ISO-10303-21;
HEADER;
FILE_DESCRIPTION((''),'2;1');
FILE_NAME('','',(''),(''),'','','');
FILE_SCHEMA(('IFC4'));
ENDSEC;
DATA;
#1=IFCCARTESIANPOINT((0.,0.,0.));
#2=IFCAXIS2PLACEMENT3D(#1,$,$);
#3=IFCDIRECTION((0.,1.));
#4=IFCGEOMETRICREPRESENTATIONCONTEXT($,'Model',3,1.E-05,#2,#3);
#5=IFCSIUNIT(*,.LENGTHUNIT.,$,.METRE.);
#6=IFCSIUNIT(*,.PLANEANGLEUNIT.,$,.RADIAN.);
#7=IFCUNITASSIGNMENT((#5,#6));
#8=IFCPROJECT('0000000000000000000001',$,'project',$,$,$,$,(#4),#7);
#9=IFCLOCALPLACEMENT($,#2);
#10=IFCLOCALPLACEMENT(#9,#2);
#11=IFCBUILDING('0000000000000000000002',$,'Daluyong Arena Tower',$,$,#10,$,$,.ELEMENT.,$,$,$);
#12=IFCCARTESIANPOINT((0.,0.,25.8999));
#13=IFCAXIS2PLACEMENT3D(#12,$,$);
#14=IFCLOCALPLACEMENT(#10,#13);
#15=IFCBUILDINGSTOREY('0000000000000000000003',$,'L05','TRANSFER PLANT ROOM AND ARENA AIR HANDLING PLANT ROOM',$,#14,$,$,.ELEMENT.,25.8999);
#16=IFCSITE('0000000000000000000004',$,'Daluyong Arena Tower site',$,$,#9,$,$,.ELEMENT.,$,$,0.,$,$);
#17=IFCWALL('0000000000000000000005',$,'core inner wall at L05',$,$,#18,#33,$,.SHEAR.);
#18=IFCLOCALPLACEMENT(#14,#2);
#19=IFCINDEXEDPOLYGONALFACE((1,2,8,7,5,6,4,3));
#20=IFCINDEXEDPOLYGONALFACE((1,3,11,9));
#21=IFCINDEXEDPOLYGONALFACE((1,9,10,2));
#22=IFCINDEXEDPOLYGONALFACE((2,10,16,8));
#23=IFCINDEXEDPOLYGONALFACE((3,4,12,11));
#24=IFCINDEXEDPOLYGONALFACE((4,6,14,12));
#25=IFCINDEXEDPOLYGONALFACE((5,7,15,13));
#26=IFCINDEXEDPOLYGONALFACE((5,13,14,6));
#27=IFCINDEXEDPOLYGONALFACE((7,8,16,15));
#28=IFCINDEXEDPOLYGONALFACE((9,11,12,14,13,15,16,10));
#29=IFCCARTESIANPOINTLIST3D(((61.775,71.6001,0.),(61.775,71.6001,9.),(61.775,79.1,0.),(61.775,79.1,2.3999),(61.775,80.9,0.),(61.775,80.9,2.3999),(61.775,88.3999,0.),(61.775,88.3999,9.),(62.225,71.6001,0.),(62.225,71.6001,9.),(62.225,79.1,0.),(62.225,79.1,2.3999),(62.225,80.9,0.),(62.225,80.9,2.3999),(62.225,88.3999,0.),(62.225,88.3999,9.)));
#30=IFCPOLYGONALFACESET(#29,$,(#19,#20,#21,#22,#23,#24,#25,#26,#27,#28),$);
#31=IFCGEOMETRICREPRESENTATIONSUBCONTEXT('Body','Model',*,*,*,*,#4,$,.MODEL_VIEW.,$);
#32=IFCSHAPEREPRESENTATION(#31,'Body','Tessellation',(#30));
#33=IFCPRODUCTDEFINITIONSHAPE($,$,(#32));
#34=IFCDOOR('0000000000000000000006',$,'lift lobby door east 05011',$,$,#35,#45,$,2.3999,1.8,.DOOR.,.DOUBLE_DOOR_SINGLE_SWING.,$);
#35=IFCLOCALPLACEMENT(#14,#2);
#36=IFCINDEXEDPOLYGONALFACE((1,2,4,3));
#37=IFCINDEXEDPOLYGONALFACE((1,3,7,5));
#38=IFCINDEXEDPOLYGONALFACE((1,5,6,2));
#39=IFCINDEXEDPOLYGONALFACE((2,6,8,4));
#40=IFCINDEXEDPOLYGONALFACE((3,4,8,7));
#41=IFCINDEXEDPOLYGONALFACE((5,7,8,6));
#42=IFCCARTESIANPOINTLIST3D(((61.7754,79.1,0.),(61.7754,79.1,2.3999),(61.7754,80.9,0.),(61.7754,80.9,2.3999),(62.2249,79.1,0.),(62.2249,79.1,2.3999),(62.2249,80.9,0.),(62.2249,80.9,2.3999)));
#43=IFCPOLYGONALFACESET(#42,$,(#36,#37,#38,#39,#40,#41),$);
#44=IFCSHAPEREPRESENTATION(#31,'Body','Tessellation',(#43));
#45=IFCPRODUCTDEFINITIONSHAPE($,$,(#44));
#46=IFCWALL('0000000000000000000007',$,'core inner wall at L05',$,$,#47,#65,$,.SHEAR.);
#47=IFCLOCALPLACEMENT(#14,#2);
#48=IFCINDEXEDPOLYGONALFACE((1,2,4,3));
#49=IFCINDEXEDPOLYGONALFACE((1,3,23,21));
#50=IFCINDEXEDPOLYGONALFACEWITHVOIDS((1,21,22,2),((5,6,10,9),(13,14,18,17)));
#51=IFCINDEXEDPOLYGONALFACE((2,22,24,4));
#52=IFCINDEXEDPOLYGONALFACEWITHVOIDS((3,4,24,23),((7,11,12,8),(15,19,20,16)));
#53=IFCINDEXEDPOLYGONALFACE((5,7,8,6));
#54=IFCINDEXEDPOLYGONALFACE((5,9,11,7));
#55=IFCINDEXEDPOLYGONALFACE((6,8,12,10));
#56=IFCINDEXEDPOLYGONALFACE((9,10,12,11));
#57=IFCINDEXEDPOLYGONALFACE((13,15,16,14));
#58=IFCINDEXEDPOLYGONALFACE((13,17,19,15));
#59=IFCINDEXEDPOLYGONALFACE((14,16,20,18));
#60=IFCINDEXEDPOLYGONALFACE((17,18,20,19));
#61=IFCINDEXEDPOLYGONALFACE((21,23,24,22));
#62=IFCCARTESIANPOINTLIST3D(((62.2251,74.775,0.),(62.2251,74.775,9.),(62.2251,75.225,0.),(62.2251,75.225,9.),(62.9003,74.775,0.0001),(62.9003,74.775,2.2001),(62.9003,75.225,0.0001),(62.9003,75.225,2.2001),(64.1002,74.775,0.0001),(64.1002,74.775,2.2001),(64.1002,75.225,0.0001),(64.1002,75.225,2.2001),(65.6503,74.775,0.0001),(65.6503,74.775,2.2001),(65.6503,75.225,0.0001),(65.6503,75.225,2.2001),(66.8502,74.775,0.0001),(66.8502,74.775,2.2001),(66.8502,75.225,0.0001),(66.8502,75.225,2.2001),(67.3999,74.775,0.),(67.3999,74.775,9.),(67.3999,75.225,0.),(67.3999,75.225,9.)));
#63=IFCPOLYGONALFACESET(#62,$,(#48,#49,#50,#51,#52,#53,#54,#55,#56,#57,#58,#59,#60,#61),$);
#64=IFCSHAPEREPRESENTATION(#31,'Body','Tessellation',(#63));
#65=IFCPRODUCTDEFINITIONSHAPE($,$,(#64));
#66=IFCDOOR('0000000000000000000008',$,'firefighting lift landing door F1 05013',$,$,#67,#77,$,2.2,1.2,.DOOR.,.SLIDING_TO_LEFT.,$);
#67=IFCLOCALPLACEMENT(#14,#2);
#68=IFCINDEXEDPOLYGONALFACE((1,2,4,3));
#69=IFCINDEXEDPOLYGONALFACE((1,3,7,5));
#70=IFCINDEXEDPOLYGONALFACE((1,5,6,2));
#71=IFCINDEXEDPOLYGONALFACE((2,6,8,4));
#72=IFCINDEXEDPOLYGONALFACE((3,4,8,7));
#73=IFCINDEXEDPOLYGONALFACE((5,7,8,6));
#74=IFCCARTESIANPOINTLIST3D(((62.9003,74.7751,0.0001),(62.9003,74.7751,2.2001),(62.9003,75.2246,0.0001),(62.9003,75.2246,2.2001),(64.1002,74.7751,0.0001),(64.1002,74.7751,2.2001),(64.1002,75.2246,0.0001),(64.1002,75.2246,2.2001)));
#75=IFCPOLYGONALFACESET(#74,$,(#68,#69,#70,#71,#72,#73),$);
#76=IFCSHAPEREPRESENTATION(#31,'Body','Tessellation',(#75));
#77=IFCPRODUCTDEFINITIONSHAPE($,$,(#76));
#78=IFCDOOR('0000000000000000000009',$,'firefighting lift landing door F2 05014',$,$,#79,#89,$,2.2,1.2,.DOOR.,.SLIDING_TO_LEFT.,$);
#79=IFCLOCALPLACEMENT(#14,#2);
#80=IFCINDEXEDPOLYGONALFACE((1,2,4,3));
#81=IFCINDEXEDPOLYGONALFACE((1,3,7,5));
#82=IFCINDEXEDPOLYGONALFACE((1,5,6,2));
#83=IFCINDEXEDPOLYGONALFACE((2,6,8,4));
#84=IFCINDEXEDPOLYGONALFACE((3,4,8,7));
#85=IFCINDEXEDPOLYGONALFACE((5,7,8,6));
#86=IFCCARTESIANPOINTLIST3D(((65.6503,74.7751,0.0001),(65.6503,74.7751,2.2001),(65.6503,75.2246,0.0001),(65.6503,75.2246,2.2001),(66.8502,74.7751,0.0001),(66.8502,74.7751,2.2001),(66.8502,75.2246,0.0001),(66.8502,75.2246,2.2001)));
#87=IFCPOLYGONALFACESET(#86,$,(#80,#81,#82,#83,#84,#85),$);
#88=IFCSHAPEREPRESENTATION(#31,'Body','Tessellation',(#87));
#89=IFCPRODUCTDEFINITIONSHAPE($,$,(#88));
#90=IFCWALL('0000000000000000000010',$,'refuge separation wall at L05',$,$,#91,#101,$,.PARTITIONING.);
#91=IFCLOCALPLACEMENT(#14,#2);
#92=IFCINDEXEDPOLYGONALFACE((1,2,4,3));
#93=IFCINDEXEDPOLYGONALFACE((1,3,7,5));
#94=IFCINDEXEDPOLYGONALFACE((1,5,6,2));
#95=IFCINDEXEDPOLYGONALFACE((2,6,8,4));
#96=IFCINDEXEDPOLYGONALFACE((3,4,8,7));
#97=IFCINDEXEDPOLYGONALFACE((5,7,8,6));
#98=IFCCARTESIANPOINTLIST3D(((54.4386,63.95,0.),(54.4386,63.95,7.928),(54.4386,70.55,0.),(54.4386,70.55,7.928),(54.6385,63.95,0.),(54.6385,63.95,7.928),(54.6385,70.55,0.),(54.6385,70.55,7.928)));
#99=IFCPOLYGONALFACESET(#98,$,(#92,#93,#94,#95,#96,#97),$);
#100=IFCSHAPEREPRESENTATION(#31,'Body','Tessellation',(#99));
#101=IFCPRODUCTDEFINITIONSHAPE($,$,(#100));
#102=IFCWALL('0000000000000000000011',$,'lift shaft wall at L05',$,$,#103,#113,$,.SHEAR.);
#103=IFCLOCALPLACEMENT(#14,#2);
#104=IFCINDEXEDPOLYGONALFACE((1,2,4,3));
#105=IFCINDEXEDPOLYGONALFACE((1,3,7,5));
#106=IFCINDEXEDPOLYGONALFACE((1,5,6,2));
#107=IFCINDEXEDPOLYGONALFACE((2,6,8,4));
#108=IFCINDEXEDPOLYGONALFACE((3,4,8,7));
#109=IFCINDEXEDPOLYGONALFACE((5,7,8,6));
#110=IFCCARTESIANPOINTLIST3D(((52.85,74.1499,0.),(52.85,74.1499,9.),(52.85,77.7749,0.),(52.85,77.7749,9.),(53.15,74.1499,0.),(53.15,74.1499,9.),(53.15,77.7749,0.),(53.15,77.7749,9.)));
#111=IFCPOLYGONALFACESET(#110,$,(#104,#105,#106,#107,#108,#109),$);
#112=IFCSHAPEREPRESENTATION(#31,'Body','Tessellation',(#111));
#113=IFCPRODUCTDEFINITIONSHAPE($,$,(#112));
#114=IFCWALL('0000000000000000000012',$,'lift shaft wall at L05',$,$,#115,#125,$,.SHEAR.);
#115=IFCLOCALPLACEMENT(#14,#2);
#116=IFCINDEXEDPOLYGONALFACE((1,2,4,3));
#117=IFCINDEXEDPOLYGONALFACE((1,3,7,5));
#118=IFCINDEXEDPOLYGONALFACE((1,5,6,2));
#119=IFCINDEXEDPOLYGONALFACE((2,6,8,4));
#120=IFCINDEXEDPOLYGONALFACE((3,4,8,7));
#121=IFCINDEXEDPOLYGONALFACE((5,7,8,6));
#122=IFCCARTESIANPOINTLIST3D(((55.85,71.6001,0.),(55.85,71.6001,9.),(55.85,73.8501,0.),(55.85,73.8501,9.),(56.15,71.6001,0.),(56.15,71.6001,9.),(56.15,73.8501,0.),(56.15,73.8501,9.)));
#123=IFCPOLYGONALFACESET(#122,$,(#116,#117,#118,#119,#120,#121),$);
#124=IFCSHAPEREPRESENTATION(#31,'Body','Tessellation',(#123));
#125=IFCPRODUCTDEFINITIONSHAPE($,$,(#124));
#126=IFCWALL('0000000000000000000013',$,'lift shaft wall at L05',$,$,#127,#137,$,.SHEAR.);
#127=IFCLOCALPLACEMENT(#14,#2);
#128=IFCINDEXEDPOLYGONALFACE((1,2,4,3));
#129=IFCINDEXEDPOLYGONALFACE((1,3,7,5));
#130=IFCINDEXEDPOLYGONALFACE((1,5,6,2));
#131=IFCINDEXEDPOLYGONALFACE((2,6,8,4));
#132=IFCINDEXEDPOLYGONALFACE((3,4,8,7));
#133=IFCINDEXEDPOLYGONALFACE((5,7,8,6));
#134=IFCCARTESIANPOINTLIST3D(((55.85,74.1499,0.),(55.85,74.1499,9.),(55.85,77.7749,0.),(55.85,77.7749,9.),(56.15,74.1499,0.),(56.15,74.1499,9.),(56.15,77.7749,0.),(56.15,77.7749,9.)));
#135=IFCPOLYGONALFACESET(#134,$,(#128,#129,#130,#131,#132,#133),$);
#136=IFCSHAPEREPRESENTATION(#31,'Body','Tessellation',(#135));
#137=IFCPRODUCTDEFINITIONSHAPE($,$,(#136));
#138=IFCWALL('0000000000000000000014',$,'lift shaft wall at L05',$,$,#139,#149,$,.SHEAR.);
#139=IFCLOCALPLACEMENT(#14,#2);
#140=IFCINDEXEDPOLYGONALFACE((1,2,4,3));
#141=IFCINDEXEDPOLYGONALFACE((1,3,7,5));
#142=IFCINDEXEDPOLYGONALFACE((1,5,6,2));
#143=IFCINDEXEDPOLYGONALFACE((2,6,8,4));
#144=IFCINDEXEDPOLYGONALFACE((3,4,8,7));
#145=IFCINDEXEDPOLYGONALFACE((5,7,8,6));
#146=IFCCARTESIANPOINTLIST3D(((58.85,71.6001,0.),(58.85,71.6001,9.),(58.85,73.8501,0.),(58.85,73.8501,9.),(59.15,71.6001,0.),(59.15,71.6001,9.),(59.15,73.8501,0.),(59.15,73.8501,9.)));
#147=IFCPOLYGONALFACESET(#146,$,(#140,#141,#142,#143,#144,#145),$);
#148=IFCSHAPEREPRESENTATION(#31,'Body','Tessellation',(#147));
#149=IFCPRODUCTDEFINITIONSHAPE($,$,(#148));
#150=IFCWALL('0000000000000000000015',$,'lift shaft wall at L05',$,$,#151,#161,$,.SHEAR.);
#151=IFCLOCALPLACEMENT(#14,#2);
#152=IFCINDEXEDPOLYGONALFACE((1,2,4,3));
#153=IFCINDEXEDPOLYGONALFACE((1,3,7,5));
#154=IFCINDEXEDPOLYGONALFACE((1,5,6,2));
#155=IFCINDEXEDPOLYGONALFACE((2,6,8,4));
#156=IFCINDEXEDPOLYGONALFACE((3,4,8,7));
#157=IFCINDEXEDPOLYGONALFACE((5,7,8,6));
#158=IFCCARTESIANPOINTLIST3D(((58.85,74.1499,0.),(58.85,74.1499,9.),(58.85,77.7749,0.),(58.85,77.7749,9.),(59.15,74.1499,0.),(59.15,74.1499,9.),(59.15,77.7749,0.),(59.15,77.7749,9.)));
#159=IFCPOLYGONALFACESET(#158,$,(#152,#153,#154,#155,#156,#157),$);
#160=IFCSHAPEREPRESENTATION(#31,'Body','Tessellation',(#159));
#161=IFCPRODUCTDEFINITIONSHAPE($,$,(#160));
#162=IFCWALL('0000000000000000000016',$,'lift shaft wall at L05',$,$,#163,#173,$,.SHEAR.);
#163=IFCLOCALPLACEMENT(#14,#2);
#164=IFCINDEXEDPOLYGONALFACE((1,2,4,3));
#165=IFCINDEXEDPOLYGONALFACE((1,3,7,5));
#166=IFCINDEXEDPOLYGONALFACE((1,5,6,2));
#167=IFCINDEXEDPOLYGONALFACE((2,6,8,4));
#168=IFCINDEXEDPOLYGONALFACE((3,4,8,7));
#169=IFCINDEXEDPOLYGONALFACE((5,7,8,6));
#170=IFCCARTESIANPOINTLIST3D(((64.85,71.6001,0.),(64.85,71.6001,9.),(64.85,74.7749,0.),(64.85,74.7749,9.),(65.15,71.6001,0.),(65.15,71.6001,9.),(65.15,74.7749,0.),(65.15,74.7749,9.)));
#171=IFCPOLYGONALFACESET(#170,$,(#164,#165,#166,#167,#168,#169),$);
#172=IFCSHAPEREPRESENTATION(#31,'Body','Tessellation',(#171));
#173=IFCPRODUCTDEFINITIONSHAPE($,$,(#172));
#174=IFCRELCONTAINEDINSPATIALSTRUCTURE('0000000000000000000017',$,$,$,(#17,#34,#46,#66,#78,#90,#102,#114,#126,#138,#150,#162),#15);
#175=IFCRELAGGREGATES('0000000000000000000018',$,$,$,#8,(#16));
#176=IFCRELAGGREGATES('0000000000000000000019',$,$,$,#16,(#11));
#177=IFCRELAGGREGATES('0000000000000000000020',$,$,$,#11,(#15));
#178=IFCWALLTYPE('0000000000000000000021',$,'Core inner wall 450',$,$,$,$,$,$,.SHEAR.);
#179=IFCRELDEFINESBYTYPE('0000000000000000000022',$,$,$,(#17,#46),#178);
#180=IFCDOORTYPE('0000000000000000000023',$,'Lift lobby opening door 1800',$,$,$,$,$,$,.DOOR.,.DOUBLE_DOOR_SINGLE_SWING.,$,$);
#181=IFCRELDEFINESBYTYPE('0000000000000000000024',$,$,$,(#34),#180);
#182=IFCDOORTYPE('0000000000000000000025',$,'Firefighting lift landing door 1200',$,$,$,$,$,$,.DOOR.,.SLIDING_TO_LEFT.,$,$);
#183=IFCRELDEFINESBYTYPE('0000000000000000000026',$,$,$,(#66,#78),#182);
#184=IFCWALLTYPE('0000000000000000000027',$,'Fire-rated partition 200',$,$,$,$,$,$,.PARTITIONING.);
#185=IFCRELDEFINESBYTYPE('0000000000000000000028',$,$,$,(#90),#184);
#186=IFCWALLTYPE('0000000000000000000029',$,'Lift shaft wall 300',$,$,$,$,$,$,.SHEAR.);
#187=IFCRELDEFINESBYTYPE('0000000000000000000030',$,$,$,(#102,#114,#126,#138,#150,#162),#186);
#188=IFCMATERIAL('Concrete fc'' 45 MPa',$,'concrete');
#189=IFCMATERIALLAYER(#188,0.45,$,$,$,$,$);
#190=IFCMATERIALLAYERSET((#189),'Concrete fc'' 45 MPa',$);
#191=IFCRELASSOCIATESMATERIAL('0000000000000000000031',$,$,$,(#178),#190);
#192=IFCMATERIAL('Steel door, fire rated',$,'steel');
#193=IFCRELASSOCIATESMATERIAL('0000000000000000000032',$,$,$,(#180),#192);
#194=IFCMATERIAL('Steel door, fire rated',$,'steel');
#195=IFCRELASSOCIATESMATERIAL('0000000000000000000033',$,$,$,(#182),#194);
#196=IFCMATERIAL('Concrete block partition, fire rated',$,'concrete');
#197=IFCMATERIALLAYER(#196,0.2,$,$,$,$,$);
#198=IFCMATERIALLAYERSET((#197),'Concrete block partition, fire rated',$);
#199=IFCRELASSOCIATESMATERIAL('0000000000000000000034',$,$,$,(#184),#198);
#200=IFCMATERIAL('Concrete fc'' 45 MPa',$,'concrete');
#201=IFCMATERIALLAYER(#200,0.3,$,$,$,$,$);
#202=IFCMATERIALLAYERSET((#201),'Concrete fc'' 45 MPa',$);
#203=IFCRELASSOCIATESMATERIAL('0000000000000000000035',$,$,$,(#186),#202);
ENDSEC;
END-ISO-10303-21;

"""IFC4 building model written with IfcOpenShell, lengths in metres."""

from ifc_helpers import new_model, si_unit, direction, frame, frame_2d, origin, place, context, subcontext, project, spatial, rectangle, extrude, material, layer, layer_set, type_object, element, fill, save


model = new_model("IFC4")

# Units and contexts
model_context = context("Model", 3, precision=1e-05, world=origin(), true_north=direction((0.0, 1.0)))
body_context = subcontext(model_context, "Body", "Model", "MODEL_VIEW")
ifc_project = project(units=[si_unit("LENGTHUNIT", "METRE"), si_unit("PLANEANGLEUNIT", "RADIAN")], contexts=[model_context])

# Site, building, storey
site_placement = place(None, origin())
site = spatial("IfcSite", under=ifc_project, at=site_placement, Name="Daluyong Arena Tower site", CompositionType="ELEMENT", RefElevation=0.0)
building_placement = place(site_placement, origin())
building = spatial("IfcBuilding", under=site, at=building_placement, Name="Daluyong Arena Tower", CompositionType="ELEMENT")
storey_placement = place(building_placement, frame((0.0, 0.0, 25.8999)))
storey = spatial("IfcBuildingStorey", under=building, at=storey_placement, Name="L05", Description="TRANSFER PLANT ROOM AND ARENA AIR HANDLING PLANT ROOM", CompositionType="ELEMENT", Elevation=25.8999)

# Wall, opening, door
ifc_material_1 = material(Name="Concrete fc' 45 MPa", Category="concrete")
ifc_layer_1 = layer(ifc_material_1, 0.45)
ifc_layer_set_1 = layer_set([ifc_layer_1], Name="Concrete fc' 45 MPa")
wall_type_1 = type_object("IfcWallType", Name="Core inner wall 450", PredefinedType="SHEAR", material=ifc_layer_set_1)
wall_1_placement = place(storey_placement, frame((62.0, 71.6001, 0.0), z_axis=(0.0, 0.0, 1.0), x_axis=(0.0, 1.0, 0.0)))
wall_1 = element("IfcWall", 1, at=wall_1_placement, inside=storey, type_object=wall_type_1, Name="core inner wall at L05", PredefinedType="SHEAR", context=body_context, shape_type="SweptSolid", body=[
    extrude(rectangle(XDim=16.7998, YDim=0.45, at=frame_2d((8.3999, 0.0))), origin(), (0.0, 0.0, 1.0), 9.0),
])
opening_1_placement = place(wall_1_placement, frame((7.5, 0.0, 0.0)))
opening_1 = element("IfcOpeningElement", 2, at=opening_1_placement, cuts=wall_1, PredefinedType="OPENING", context=body_context, shape_type="SweptSolid", body=[
    extrude(rectangle(XDim=1.8, YDim=2.3999, at=frame_2d((0.8999, 1.2))), frame((0.0, 0.2349, 0.0), z_axis=(0.0, -1.0, 0.0), x_axis=(1.0, 0.0, 0.0)), (0.0, 0.0, 1.0), 0.47),
])
ifc_material_2 = material(Name="Steel door, fire rated", Category="steel")
door_type_1 = type_object("IfcDoorType", Name="Lift lobby opening door 1800", OperationType="DOUBLE_DOOR_SINGLE_SWING", PredefinedType="DOOR", material=ifc_material_2)
door_1_placement = place(opening_1_placement, origin())
door_1 = element("IfcDoor", 3, at=door_1_placement, inside=storey, type_object=door_type_1, Name="lift lobby door east 05011", OperationType="DOUBLE_DOOR_SINGLE_SWING", OverallHeight=2.3999, OverallWidth=1.8, PredefinedType="DOOR", context=body_context, shape_type="SweptSolid", body=[
    extrude(rectangle(XDim=1.8, YDim=2.3999, at=frame_2d((0.8999, 1.2))), frame((0.0, 0.2246, 0.0), z_axis=(0.0, -1.0, 0.0), x_axis=(1.0, 0.0, 0.0)), (0.0, 0.0, 1.0), 0.4495),
])
fill(opening_1, door_1)

# Wall, openings, doors
wall_2_placement = place(storey_placement, frame((62.2251, 75.0, 0.0), z_axis=(0.0, 0.0, 1.0), x_axis=(1.0, 0.0, 0.0)))
wall_2 = element("IfcWall", 4, at=wall_2_placement, inside=storey, type_object=wall_type_1, Name="core inner wall at L05", PredefinedType="SHEAR", context=body_context, shape_type="SweptSolid", body=[
    extrude(rectangle(XDim=5.1748, YDim=0.45, at=frame_2d((2.5874, 0.0))), origin(), (0.0, 0.0, 1.0), 9.0),
])
opening_2_placement = place(wall_2_placement, frame((0.675, 0.0, 0.0)))
opening_2 = element("IfcOpeningElement", 5, at=opening_2_placement, cuts=wall_2, PredefinedType="OPENING", context=body_context, shape_type="SweptSolid", body=[
    extrude(rectangle(XDim=1.2, YDim=2.2, at=frame_2d((0.6001, 1.1001))), frame((0.0, 0.2349, 0.0), z_axis=(0.0, -1.0, 0.0), x_axis=(1.0, 0.0, 0.0)), (0.0, 0.0, 1.0), 0.47),
])
opening_3_placement = place(wall_2_placement, frame((3.425, 0.0, 0.0)))
opening_3 = element("IfcOpeningElement", 6, at=opening_3_placement, cuts=wall_2, PredefinedType="OPENING", context=body_context, shape_type="SweptSolid", body=[
    extrude(rectangle(XDim=1.2, YDim=2.2, at=frame_2d((0.6001, 1.1001))), frame((0.0, 0.2349, 0.0), z_axis=(0.0, -1.0, 0.0), x_axis=(1.0, 0.0, 0.0)), (0.0, 0.0, 1.0), 0.47),
])
ifc_material_3 = material(Name="Steel door, fire rated", Category="steel")
door_type_2 = type_object("IfcDoorType", Name="Firefighting lift landing door 1200", OperationType="SLIDING_TO_LEFT", PredefinedType="DOOR", material=ifc_material_3)
door_2_placement = place(opening_2_placement, origin())
door_2 = element("IfcDoor", 7, at=door_2_placement, inside=storey, type_object=door_type_2, Name="firefighting lift landing door F1 05013", OperationType="SLIDING_TO_LEFT", OverallHeight=2.2, OverallWidth=1.2, PredefinedType="DOOR", context=body_context, shape_type="SweptSolid", body=[
    extrude(rectangle(XDim=1.2, YDim=2.2, at=frame_2d((0.6001, 1.1001))), frame((0.0, 0.2246, 0.0), z_axis=(0.0, -1.0, 0.0), x_axis=(1.0, 0.0, 0.0)), (0.0, 0.0, 1.0), 0.4495),
])
fill(opening_2, door_2)
door_3_placement = place(opening_3_placement, origin())
door_3 = element("IfcDoor", 8, at=door_3_placement, inside=storey, type_object=door_type_2, Name="firefighting lift landing door F2 05014", OperationType="SLIDING_TO_LEFT", OverallHeight=2.2, OverallWidth=1.2, PredefinedType="DOOR", context=body_context, shape_type="SweptSolid", body=[
    extrude(rectangle(XDim=1.2, YDim=2.2, at=frame_2d((0.6001, 1.1001))), frame((0.0, 0.2246, 0.0), z_axis=(0.0, -1.0, 0.0), x_axis=(1.0, 0.0, 0.0)), (0.0, 0.0, 1.0), 0.4495),
])
fill(opening_3, door_3)

# Walls
ifc_material_4 = material(Name="Concrete block partition, fire rated", Category="concrete")
ifc_layer_2 = layer(ifc_material_4, 0.2)
ifc_layer_set_2 = layer_set([ifc_layer_2], Name="Concrete block partition, fire rated")
wall_type_2 = type_object("IfcWallType", Name="Fire-rated partition 200", PredefinedType="PARTITIONING", material=ifc_layer_set_2)
wall_3_placement = place(storey_placement, frame((54.5386, 63.95, 0.0), z_axis=(0.0, 0.0, 1.0), x_axis=(0.0, 1.0, 0.0)))
element("IfcWall", 9, at=wall_3_placement, inside=storey, type_object=wall_type_2, Name="refuge separation wall at L05", PredefinedType="PARTITIONING", context=body_context, shape_type="SweptSolid", body=[
    extrude(rectangle(XDim=6.6001, YDim=0.2, at=frame_2d((3.3, 0.0))), origin(), (0.0, 0.0, 1.0), 7.928),
])
ifc_material_5 = material(Name="Concrete fc' 45 MPa", Category="concrete")
ifc_layer_3 = layer(ifc_material_5, 0.3)
ifc_layer_set_3 = layer_set([ifc_layer_3], Name="Concrete fc' 45 MPa")
wall_type_3 = type_object("IfcWallType", Name="Lift shaft wall 300", PredefinedType="SHEAR", material=ifc_layer_set_3)
wall_4_placement = place(storey_placement, frame((53.0, 74.1499, 0.0), z_axis=(0.0, 0.0, 1.0), x_axis=(0.0, 1.0, 0.0)))
element("IfcWall", 10, at=wall_4_placement, inside=storey, type_object=wall_type_3, Name="lift shaft wall at L05", PredefinedType="SHEAR", context=body_context, shape_type="SweptSolid", body=[
    extrude(rectangle(XDim=3.625, YDim=0.3, at=frame_2d((1.8125, 0.0))), origin(), (0.0, 0.0, 1.0), 9.0),
])
wall_5_placement = place(storey_placement, frame((56.0, 71.6001, 0.0), z_axis=(0.0, 0.0, 1.0), x_axis=(0.0, 1.0, 0.0)))
element("IfcWall", 11, at=wall_5_placement, inside=storey, type_object=wall_type_3, Name="lift shaft wall at L05", PredefinedType="SHEAR", context=body_context, shape_type="SweptSolid", body=[
    extrude(rectangle(XDim=2.25, YDim=0.3, at=frame_2d((1.125, 0.0))), origin(), (0.0, 0.0, 1.0), 9.0),
])
wall_6_placement = place(storey_placement, frame((56.0, 74.1499, 0.0), z_axis=(0.0, 0.0, 1.0), x_axis=(0.0, 1.0, 0.0)))
element("IfcWall", 12, at=wall_6_placement, inside=storey, type_object=wall_type_3, Name="lift shaft wall at L05", PredefinedType="SHEAR", context=body_context, shape_type="SweptSolid", body=[
    extrude(rectangle(XDim=3.625, YDim=0.3, at=frame_2d((1.8125, 0.0))), origin(), (0.0, 0.0, 1.0), 9.0),
])
wall_7_placement = place(storey_placement, frame((59.0, 71.6001, 0.0), z_axis=(0.0, 0.0, 1.0), x_axis=(0.0, 1.0, 0.0)))
element("IfcWall", 13, at=wall_7_placement, inside=storey, type_object=wall_type_3, Name="lift shaft wall at L05", PredefinedType="SHEAR", context=body_context, shape_type="SweptSolid", body=[
    extrude(rectangle(XDim=2.25, YDim=0.3, at=frame_2d((1.125, 0.0))), origin(), (0.0, 0.0, 1.0), 9.0),
])
wall_8_placement = place(storey_placement, frame((59.0, 74.1499, 0.0), z_axis=(0.0, 0.0, 1.0), x_axis=(0.0, 1.0, 0.0)))
element("IfcWall", 14, at=wall_8_placement, inside=storey, type_object=wall_type_3, Name="lift shaft wall at L05", PredefinedType="SHEAR", context=body_context, shape_type="SweptSolid", body=[
    extrude(rectangle(XDim=3.625, YDim=0.3, at=frame_2d((1.8125, 0.0))), origin(), (0.0, 0.0, 1.0), 9.0),
])
wall_9_placement = place(storey_placement, frame((65.0, 71.6001, 0.0), z_axis=(0.0, 0.0, 1.0), x_axis=(0.0, 1.0, 0.0)))
element("IfcWall", 15, at=wall_9_placement, inside=storey, type_object=wall_type_3, Name="lift shaft wall at L05", PredefinedType="SHEAR", context=body_context, shape_type="SweptSolid", body=[
    extrude(rectangle(XDim=3.1748, YDim=0.3, at=frame_2d((1.5874, 0.0))), origin(), (0.0, 0.0, 1.0), 9.0),
])

save(model, "model.ifc")
